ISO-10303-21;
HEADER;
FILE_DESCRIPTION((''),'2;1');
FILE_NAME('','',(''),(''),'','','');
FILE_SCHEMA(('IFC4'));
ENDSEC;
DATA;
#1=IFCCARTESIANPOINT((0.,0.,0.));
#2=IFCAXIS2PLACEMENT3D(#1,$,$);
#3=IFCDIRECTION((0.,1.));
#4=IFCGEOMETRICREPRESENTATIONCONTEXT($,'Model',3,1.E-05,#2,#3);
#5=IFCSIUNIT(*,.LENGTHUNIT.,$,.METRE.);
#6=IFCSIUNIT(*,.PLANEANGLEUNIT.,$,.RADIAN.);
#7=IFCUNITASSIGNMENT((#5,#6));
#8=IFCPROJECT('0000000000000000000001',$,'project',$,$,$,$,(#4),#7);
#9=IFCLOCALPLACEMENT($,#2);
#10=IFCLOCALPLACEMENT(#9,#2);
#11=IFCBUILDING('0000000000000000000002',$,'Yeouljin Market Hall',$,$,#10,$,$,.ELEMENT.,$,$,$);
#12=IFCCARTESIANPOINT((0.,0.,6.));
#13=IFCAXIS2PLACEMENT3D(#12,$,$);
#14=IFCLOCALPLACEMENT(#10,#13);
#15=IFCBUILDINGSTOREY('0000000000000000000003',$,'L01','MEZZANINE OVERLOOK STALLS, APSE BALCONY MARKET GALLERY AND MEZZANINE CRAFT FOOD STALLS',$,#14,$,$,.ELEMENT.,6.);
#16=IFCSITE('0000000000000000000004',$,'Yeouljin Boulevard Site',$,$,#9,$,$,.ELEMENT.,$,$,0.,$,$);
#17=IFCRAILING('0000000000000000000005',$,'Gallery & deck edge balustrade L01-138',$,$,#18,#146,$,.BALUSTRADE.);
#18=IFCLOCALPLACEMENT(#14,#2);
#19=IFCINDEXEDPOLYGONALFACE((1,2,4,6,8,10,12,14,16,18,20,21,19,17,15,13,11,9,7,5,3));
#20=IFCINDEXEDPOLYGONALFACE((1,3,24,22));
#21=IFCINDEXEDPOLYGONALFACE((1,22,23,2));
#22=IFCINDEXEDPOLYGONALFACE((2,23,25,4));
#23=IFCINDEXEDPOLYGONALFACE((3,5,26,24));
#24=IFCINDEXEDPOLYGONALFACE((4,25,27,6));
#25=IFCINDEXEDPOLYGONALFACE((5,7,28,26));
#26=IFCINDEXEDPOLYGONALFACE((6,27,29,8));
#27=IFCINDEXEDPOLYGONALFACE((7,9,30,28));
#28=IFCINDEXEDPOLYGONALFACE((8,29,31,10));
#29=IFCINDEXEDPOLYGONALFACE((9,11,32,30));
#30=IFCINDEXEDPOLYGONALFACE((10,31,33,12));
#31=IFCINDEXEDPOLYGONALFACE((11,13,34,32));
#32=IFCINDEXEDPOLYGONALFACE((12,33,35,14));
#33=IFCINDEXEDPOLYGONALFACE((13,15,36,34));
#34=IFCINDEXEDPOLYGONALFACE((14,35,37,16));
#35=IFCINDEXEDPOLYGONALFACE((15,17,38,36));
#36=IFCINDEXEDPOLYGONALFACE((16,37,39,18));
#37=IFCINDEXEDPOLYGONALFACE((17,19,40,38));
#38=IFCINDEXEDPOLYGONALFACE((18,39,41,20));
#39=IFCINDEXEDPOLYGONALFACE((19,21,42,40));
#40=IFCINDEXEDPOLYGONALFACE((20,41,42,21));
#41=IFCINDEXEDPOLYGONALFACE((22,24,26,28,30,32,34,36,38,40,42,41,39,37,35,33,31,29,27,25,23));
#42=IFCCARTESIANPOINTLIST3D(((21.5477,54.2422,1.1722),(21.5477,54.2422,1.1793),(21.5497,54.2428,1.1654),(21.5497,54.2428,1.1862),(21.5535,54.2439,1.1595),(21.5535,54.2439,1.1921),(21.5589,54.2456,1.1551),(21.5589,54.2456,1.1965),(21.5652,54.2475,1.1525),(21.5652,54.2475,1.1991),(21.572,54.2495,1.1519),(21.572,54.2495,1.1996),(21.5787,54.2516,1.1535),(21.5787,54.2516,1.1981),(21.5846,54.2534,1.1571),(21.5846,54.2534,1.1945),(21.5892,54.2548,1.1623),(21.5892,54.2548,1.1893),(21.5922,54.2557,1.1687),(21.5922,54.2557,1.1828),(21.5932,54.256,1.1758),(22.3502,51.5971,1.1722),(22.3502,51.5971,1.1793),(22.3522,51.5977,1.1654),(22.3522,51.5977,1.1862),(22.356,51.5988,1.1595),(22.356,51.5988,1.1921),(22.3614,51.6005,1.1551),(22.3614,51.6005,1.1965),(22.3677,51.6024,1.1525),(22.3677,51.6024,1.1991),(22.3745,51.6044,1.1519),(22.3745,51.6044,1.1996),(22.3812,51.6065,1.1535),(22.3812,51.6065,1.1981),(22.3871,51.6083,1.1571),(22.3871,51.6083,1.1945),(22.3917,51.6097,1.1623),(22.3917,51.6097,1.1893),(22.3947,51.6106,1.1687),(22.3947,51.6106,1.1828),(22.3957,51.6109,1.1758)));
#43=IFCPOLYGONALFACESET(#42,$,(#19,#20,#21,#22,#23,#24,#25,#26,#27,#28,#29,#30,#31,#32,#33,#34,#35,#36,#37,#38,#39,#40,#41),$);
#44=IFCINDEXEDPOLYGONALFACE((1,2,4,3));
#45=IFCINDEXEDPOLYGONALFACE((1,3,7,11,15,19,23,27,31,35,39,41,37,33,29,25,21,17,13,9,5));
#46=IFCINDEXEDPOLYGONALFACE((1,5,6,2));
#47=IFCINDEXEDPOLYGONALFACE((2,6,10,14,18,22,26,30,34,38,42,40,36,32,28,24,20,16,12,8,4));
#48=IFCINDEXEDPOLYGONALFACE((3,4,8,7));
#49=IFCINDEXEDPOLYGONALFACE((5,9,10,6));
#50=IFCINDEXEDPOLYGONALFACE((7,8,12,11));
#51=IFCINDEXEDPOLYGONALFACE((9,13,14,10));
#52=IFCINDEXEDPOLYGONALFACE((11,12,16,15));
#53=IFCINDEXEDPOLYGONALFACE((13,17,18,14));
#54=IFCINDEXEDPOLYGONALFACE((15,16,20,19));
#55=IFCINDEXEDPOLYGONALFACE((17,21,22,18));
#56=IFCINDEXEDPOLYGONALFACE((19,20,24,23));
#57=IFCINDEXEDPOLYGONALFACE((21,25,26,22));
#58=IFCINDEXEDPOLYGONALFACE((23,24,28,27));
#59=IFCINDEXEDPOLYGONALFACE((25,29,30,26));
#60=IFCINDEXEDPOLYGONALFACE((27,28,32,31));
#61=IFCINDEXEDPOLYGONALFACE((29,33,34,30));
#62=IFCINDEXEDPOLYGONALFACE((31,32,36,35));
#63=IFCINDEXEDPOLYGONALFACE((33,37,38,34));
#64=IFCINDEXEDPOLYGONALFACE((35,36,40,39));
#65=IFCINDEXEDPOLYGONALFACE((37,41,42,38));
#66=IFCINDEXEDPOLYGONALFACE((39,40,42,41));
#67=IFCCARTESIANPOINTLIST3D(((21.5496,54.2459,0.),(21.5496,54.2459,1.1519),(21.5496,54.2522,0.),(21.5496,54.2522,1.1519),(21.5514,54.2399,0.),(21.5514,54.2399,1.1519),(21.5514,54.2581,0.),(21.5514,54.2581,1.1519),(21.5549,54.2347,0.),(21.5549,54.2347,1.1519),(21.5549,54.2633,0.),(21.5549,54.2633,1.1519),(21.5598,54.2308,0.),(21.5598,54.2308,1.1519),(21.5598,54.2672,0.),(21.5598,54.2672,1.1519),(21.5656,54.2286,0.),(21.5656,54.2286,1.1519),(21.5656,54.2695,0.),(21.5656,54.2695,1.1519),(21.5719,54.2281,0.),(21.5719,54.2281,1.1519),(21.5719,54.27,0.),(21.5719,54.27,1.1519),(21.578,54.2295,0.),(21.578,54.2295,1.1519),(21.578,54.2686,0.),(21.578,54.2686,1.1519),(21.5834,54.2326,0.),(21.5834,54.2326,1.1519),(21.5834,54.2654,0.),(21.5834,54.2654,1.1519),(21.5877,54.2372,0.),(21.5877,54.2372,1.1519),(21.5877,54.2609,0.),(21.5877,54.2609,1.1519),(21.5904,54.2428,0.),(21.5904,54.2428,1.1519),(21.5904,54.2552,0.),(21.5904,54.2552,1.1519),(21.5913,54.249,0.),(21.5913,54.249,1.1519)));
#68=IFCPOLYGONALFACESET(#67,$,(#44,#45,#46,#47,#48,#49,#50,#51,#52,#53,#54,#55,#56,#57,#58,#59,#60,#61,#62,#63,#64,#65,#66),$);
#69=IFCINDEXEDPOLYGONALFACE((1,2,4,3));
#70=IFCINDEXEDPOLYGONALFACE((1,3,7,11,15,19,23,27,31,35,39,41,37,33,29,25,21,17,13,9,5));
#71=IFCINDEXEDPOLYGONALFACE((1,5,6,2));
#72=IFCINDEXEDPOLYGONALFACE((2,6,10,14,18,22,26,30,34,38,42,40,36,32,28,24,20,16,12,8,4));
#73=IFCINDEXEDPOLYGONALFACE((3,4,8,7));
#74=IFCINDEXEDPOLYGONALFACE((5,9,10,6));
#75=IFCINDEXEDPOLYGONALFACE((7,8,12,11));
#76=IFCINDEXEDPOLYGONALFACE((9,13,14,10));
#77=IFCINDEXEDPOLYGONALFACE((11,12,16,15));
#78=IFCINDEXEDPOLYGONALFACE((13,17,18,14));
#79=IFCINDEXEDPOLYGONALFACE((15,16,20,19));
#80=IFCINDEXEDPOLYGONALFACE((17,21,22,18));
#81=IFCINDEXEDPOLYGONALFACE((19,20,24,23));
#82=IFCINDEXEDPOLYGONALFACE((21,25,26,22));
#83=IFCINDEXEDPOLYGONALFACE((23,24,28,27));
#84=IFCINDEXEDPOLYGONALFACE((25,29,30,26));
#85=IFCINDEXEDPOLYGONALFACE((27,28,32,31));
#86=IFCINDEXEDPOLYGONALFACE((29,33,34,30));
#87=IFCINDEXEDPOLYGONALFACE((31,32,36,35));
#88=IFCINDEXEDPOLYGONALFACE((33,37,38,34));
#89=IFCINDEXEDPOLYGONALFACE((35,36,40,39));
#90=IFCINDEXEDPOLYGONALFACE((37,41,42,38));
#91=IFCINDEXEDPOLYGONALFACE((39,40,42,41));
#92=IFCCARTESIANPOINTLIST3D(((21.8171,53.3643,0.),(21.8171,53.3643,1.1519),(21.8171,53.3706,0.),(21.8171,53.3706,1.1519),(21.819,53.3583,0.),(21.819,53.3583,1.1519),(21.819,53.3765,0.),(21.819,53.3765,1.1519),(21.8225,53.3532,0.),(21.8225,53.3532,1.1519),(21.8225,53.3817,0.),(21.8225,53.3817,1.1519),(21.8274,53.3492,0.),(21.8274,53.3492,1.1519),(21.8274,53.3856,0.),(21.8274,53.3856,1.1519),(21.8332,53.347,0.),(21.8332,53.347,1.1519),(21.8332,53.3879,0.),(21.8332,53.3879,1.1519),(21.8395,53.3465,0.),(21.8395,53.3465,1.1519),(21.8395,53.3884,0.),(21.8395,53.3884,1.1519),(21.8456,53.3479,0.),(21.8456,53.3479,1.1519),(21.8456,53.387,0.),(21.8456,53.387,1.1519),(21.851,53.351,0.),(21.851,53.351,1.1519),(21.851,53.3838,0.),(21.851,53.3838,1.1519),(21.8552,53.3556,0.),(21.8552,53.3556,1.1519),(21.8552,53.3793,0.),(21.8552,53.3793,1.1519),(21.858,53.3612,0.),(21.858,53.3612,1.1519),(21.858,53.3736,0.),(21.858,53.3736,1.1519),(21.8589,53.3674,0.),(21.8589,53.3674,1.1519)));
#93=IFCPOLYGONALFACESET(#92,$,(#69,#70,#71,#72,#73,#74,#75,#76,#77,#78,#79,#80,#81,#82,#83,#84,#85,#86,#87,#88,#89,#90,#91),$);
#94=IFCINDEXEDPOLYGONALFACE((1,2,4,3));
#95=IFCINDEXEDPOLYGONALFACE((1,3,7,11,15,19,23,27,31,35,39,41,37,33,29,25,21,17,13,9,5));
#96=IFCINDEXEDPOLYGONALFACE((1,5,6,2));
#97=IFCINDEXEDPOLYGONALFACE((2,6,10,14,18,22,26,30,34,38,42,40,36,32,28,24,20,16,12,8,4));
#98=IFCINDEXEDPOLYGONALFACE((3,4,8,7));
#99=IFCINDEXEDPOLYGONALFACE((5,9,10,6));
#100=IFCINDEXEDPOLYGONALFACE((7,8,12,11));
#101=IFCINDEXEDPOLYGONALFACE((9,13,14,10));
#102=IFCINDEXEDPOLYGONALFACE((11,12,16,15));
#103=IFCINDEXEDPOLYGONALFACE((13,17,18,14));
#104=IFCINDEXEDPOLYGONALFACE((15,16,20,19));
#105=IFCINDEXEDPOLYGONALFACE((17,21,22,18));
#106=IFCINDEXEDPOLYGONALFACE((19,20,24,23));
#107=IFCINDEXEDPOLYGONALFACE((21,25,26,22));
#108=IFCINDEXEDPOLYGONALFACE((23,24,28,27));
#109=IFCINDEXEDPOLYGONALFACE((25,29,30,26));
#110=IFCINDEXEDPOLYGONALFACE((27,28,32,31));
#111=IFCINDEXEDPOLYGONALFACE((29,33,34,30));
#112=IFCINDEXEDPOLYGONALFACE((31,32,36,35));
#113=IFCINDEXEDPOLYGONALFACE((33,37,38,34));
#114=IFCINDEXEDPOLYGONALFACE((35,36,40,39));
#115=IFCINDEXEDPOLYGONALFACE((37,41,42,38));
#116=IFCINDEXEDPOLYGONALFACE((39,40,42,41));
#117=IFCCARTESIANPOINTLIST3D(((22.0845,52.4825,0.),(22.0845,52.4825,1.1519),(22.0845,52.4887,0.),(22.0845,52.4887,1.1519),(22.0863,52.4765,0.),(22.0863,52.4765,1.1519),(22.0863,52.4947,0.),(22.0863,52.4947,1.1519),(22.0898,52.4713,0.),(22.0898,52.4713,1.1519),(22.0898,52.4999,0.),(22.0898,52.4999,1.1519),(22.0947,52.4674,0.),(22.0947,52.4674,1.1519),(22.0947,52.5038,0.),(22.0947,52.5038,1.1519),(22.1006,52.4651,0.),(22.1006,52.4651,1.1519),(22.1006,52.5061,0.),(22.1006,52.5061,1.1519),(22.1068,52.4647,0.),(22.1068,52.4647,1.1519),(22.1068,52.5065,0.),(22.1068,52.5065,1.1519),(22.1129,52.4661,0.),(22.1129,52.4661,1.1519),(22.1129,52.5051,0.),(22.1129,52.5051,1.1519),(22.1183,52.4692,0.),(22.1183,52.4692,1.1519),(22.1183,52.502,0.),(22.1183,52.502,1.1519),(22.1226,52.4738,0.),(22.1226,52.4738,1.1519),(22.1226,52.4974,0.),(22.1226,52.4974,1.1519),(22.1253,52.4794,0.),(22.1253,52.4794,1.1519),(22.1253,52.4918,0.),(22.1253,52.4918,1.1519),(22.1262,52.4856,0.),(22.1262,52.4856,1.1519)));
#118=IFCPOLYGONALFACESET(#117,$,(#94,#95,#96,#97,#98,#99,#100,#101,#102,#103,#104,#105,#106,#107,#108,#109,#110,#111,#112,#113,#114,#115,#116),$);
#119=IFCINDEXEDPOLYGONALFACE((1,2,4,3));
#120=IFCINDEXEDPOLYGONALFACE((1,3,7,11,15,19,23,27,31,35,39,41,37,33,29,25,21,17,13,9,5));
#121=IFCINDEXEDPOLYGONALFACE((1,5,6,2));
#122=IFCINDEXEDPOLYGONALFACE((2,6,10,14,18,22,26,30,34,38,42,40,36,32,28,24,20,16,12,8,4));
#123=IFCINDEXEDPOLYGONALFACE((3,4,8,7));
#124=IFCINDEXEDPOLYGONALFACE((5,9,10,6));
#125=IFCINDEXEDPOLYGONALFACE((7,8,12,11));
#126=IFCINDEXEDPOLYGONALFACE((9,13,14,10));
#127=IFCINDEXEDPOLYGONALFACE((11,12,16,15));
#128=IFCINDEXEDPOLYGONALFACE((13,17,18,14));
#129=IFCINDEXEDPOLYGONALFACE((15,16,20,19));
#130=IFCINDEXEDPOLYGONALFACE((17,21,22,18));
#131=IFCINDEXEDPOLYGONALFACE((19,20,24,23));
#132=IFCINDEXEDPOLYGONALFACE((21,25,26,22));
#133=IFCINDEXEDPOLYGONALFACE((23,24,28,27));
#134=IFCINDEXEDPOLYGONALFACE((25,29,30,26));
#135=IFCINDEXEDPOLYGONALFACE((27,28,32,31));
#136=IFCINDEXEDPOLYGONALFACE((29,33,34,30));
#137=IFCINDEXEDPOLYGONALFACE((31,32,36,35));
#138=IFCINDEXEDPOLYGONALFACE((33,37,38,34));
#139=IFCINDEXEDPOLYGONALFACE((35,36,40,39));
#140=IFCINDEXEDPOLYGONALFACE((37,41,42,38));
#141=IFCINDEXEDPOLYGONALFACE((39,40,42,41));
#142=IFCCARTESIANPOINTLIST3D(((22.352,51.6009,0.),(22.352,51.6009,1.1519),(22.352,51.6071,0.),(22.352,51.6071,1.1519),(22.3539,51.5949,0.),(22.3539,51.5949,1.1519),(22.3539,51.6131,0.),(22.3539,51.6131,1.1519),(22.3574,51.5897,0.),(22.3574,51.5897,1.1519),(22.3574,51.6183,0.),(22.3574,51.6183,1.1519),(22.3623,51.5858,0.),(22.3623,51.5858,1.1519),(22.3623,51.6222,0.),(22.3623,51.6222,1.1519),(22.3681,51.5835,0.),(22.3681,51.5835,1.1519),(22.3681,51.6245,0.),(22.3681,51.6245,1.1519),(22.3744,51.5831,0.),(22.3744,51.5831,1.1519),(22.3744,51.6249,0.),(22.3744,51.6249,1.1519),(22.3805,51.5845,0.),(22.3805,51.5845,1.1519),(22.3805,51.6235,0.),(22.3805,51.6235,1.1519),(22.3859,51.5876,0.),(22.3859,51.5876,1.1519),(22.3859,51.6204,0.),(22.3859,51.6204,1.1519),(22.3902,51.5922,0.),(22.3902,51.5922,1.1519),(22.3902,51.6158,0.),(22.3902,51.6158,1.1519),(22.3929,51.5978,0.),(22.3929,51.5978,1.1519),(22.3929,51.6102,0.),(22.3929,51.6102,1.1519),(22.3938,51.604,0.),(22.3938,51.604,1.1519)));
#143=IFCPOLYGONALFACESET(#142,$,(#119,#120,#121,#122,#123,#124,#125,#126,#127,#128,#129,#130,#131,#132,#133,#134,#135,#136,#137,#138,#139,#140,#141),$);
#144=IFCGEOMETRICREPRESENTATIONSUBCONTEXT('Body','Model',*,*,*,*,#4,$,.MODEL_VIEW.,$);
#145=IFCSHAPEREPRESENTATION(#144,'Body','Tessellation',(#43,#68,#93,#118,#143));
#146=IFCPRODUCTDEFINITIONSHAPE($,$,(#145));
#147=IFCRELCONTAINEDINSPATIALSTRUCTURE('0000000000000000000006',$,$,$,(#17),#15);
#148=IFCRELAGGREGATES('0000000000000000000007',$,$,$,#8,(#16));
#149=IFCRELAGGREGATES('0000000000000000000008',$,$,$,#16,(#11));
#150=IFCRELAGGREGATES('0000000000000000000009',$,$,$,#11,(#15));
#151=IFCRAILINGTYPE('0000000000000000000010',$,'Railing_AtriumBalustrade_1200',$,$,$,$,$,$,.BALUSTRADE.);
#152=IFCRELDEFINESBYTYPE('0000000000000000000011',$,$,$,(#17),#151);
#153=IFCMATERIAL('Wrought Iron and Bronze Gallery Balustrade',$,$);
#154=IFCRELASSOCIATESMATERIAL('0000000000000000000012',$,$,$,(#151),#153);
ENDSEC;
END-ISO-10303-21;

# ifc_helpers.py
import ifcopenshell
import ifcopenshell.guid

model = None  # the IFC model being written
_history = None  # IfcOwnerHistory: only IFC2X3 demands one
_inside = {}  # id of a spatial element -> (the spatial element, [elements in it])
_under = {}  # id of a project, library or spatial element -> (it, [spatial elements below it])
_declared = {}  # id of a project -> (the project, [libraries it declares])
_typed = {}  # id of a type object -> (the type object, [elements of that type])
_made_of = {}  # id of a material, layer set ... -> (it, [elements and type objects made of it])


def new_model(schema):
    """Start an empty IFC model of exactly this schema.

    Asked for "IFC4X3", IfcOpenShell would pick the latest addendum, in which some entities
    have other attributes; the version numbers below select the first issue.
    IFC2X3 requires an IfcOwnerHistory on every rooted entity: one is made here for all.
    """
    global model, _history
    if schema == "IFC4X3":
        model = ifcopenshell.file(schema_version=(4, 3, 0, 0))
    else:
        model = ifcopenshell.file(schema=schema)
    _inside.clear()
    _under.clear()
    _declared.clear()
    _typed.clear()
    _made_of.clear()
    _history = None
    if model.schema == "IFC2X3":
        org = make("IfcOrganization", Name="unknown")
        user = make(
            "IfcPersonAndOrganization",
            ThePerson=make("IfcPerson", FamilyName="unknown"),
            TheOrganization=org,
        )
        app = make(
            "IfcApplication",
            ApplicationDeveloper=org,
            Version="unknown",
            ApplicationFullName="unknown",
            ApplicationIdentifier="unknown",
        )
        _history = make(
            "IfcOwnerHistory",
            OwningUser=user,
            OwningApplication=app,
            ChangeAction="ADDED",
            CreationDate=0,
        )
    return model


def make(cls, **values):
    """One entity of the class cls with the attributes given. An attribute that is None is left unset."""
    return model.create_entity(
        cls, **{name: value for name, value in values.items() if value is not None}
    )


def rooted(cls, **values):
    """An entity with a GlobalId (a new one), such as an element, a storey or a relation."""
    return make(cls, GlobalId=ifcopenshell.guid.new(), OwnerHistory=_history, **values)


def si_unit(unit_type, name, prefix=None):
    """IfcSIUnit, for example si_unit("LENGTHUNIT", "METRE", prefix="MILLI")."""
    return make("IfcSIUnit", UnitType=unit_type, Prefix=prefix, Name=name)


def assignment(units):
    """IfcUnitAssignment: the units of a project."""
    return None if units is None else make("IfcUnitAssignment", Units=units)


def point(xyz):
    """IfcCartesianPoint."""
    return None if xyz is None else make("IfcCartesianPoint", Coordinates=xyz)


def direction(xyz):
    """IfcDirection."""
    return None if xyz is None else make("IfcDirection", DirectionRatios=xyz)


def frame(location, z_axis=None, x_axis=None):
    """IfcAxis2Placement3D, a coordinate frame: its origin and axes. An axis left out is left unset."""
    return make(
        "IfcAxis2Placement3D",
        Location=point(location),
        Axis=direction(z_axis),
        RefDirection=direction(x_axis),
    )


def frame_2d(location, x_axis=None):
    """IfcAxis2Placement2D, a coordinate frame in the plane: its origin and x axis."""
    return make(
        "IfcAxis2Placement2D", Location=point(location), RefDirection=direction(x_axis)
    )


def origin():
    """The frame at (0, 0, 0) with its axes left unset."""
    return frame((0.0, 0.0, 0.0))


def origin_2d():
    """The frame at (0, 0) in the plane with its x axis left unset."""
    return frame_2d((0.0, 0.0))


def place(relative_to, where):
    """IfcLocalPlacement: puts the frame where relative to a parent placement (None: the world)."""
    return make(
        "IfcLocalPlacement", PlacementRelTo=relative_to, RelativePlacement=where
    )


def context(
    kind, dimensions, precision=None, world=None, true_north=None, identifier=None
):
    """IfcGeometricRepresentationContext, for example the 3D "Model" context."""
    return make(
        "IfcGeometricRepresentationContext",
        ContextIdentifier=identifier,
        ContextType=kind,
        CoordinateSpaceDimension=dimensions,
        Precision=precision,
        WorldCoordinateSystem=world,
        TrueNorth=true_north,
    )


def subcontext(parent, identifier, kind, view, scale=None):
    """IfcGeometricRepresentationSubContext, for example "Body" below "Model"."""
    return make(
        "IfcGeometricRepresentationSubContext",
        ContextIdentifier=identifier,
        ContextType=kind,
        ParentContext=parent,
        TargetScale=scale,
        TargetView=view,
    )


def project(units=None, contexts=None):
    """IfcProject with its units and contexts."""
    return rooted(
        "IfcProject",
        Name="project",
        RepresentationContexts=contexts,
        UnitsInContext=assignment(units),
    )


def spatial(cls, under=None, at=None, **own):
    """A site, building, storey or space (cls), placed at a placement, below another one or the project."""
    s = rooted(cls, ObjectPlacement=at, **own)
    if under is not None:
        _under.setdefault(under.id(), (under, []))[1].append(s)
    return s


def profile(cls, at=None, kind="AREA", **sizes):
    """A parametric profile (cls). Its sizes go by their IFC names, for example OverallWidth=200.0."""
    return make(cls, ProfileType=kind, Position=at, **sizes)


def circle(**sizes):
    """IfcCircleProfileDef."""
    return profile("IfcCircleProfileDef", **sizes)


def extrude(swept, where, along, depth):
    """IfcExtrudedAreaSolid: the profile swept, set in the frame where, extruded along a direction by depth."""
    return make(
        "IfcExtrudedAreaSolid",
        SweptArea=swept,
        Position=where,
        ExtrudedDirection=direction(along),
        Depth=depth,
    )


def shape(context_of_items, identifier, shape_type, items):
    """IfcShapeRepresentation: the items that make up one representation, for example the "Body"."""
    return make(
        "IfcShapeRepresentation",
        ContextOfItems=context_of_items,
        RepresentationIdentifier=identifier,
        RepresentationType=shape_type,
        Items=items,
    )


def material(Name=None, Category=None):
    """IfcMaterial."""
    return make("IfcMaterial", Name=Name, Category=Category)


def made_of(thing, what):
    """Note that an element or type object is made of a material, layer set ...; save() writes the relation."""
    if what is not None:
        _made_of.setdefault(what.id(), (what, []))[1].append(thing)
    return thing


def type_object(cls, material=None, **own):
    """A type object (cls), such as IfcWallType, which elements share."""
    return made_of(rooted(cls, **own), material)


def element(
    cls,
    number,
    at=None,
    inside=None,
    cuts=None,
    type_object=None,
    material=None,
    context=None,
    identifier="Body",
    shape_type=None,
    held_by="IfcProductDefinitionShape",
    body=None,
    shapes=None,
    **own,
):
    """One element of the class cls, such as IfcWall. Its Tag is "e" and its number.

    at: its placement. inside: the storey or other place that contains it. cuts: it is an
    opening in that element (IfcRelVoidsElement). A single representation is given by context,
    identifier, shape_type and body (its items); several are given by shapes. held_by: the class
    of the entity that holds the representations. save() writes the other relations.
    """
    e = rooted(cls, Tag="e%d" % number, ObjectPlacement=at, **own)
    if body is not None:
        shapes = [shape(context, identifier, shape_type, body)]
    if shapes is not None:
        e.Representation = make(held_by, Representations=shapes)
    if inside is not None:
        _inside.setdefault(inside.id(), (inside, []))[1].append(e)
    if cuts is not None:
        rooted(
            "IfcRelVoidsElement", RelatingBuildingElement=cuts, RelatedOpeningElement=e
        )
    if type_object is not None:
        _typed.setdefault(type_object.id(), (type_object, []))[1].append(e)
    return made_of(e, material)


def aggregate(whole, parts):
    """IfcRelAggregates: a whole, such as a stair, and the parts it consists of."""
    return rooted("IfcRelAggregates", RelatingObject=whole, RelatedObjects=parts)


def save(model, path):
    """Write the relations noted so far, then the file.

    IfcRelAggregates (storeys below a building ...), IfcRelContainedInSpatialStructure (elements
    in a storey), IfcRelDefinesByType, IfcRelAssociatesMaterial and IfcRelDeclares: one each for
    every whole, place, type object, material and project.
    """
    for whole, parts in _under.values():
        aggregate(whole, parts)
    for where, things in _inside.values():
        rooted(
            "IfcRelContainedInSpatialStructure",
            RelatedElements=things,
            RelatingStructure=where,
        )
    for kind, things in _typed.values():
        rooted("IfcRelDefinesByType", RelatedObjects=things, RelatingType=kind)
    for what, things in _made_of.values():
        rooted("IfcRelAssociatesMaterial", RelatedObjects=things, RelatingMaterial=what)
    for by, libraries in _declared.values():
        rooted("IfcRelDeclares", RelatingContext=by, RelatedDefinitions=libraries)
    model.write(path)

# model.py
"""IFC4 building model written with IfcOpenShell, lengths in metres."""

from ifc_helpers import new_model, si_unit, direction, frame, origin, origin_2d, place, context, subcontext, project, spatial, circle, extrude, material, type_object, element, save


model = new_model("IFC4")

# Units and contexts
model_context = context("Model", 3, precision=1e-05, world=origin(), true_north=direction((0.0, 1.0)))
body_context = subcontext(model_context, "Body", "Model", "MODEL_VIEW")
ifc_project = project(units=[si_unit("LENGTHUNIT", "METRE"), si_unit("PLANEANGLEUNIT", "RADIAN")], contexts=[model_context])

# Site, building, storey
site_placement = place(None, origin())
site = spatial("IfcSite", under=ifc_project, at=site_placement, Name="Yeouljin Boulevard Site", CompositionType="ELEMENT", RefElevation=0.0)
building_placement = place(site_placement, origin())
building = spatial("IfcBuilding", under=site, at=building_placement, Name="Yeouljin Market Hall", CompositionType="ELEMENT")
storey_placement = place(building_placement, frame((0.0, 0.0, 6.0)))
storey = spatial("IfcBuildingStorey", under=building, at=storey_placement, Name="L01", Description="MEZZANINE OVERLOOK STALLS, APSE BALCONY MARKET GALLERY AND MEZZANINE CRAFT FOOD STALLS", CompositionType="ELEMENT", Elevation=6.0)

# Railing
ifc_material_1 = material(Name="Wrought Iron and Bronze Gallery Balustrade")
railing_type = type_object("IfcRailingType", Name="Railing_AtriumBalustrade_1200", PredefinedType="BALUSTRADE", material=ifc_material_1)
railing_1_placement = place(storey_placement, frame((21.5703, 54.249, 0.0)))
element("IfcRailing", 1, at=railing_1_placement, inside=storey, type_object=railing_type, Name="Gallery & deck edge balustrade L01-138", PredefinedType="BALUSTRADE", context=body_context, shape_type="SweptSolid", body=[
    extrude(circle(Radius=0.0239, at=origin_2d()), frame((0.0, 0.0, 1.1758), z_axis=(0.290329, -0.956927, 0.0), x_axis=(0.956927, 0.290329, 0.0)), (0.0, 0.0, 1.0), 2.7642),
    extrude(circle(Radius=0.021, at=origin_2d()), origin(), (0.0, 0.0, 1.0), 1.1519),
    extrude(circle(Radius=0.021, at=origin_2d()), frame((0.2676, -0.8816, 0.0)), (0.0, 0.0, 1.0), 1.1519),
    extrude(circle(Radius=0.021, at=origin_2d()), frame((0.5349, -1.7634, 0.0)), (0.0, 0.0, 1.0), 1.1519),
    extrude(circle(Radius=0.021, at=origin_2d()), frame((0.8025, -2.645, 0.0)), (0.0, 0.0, 1.0), 1.1519),
])

save(model, "model.ifc")
